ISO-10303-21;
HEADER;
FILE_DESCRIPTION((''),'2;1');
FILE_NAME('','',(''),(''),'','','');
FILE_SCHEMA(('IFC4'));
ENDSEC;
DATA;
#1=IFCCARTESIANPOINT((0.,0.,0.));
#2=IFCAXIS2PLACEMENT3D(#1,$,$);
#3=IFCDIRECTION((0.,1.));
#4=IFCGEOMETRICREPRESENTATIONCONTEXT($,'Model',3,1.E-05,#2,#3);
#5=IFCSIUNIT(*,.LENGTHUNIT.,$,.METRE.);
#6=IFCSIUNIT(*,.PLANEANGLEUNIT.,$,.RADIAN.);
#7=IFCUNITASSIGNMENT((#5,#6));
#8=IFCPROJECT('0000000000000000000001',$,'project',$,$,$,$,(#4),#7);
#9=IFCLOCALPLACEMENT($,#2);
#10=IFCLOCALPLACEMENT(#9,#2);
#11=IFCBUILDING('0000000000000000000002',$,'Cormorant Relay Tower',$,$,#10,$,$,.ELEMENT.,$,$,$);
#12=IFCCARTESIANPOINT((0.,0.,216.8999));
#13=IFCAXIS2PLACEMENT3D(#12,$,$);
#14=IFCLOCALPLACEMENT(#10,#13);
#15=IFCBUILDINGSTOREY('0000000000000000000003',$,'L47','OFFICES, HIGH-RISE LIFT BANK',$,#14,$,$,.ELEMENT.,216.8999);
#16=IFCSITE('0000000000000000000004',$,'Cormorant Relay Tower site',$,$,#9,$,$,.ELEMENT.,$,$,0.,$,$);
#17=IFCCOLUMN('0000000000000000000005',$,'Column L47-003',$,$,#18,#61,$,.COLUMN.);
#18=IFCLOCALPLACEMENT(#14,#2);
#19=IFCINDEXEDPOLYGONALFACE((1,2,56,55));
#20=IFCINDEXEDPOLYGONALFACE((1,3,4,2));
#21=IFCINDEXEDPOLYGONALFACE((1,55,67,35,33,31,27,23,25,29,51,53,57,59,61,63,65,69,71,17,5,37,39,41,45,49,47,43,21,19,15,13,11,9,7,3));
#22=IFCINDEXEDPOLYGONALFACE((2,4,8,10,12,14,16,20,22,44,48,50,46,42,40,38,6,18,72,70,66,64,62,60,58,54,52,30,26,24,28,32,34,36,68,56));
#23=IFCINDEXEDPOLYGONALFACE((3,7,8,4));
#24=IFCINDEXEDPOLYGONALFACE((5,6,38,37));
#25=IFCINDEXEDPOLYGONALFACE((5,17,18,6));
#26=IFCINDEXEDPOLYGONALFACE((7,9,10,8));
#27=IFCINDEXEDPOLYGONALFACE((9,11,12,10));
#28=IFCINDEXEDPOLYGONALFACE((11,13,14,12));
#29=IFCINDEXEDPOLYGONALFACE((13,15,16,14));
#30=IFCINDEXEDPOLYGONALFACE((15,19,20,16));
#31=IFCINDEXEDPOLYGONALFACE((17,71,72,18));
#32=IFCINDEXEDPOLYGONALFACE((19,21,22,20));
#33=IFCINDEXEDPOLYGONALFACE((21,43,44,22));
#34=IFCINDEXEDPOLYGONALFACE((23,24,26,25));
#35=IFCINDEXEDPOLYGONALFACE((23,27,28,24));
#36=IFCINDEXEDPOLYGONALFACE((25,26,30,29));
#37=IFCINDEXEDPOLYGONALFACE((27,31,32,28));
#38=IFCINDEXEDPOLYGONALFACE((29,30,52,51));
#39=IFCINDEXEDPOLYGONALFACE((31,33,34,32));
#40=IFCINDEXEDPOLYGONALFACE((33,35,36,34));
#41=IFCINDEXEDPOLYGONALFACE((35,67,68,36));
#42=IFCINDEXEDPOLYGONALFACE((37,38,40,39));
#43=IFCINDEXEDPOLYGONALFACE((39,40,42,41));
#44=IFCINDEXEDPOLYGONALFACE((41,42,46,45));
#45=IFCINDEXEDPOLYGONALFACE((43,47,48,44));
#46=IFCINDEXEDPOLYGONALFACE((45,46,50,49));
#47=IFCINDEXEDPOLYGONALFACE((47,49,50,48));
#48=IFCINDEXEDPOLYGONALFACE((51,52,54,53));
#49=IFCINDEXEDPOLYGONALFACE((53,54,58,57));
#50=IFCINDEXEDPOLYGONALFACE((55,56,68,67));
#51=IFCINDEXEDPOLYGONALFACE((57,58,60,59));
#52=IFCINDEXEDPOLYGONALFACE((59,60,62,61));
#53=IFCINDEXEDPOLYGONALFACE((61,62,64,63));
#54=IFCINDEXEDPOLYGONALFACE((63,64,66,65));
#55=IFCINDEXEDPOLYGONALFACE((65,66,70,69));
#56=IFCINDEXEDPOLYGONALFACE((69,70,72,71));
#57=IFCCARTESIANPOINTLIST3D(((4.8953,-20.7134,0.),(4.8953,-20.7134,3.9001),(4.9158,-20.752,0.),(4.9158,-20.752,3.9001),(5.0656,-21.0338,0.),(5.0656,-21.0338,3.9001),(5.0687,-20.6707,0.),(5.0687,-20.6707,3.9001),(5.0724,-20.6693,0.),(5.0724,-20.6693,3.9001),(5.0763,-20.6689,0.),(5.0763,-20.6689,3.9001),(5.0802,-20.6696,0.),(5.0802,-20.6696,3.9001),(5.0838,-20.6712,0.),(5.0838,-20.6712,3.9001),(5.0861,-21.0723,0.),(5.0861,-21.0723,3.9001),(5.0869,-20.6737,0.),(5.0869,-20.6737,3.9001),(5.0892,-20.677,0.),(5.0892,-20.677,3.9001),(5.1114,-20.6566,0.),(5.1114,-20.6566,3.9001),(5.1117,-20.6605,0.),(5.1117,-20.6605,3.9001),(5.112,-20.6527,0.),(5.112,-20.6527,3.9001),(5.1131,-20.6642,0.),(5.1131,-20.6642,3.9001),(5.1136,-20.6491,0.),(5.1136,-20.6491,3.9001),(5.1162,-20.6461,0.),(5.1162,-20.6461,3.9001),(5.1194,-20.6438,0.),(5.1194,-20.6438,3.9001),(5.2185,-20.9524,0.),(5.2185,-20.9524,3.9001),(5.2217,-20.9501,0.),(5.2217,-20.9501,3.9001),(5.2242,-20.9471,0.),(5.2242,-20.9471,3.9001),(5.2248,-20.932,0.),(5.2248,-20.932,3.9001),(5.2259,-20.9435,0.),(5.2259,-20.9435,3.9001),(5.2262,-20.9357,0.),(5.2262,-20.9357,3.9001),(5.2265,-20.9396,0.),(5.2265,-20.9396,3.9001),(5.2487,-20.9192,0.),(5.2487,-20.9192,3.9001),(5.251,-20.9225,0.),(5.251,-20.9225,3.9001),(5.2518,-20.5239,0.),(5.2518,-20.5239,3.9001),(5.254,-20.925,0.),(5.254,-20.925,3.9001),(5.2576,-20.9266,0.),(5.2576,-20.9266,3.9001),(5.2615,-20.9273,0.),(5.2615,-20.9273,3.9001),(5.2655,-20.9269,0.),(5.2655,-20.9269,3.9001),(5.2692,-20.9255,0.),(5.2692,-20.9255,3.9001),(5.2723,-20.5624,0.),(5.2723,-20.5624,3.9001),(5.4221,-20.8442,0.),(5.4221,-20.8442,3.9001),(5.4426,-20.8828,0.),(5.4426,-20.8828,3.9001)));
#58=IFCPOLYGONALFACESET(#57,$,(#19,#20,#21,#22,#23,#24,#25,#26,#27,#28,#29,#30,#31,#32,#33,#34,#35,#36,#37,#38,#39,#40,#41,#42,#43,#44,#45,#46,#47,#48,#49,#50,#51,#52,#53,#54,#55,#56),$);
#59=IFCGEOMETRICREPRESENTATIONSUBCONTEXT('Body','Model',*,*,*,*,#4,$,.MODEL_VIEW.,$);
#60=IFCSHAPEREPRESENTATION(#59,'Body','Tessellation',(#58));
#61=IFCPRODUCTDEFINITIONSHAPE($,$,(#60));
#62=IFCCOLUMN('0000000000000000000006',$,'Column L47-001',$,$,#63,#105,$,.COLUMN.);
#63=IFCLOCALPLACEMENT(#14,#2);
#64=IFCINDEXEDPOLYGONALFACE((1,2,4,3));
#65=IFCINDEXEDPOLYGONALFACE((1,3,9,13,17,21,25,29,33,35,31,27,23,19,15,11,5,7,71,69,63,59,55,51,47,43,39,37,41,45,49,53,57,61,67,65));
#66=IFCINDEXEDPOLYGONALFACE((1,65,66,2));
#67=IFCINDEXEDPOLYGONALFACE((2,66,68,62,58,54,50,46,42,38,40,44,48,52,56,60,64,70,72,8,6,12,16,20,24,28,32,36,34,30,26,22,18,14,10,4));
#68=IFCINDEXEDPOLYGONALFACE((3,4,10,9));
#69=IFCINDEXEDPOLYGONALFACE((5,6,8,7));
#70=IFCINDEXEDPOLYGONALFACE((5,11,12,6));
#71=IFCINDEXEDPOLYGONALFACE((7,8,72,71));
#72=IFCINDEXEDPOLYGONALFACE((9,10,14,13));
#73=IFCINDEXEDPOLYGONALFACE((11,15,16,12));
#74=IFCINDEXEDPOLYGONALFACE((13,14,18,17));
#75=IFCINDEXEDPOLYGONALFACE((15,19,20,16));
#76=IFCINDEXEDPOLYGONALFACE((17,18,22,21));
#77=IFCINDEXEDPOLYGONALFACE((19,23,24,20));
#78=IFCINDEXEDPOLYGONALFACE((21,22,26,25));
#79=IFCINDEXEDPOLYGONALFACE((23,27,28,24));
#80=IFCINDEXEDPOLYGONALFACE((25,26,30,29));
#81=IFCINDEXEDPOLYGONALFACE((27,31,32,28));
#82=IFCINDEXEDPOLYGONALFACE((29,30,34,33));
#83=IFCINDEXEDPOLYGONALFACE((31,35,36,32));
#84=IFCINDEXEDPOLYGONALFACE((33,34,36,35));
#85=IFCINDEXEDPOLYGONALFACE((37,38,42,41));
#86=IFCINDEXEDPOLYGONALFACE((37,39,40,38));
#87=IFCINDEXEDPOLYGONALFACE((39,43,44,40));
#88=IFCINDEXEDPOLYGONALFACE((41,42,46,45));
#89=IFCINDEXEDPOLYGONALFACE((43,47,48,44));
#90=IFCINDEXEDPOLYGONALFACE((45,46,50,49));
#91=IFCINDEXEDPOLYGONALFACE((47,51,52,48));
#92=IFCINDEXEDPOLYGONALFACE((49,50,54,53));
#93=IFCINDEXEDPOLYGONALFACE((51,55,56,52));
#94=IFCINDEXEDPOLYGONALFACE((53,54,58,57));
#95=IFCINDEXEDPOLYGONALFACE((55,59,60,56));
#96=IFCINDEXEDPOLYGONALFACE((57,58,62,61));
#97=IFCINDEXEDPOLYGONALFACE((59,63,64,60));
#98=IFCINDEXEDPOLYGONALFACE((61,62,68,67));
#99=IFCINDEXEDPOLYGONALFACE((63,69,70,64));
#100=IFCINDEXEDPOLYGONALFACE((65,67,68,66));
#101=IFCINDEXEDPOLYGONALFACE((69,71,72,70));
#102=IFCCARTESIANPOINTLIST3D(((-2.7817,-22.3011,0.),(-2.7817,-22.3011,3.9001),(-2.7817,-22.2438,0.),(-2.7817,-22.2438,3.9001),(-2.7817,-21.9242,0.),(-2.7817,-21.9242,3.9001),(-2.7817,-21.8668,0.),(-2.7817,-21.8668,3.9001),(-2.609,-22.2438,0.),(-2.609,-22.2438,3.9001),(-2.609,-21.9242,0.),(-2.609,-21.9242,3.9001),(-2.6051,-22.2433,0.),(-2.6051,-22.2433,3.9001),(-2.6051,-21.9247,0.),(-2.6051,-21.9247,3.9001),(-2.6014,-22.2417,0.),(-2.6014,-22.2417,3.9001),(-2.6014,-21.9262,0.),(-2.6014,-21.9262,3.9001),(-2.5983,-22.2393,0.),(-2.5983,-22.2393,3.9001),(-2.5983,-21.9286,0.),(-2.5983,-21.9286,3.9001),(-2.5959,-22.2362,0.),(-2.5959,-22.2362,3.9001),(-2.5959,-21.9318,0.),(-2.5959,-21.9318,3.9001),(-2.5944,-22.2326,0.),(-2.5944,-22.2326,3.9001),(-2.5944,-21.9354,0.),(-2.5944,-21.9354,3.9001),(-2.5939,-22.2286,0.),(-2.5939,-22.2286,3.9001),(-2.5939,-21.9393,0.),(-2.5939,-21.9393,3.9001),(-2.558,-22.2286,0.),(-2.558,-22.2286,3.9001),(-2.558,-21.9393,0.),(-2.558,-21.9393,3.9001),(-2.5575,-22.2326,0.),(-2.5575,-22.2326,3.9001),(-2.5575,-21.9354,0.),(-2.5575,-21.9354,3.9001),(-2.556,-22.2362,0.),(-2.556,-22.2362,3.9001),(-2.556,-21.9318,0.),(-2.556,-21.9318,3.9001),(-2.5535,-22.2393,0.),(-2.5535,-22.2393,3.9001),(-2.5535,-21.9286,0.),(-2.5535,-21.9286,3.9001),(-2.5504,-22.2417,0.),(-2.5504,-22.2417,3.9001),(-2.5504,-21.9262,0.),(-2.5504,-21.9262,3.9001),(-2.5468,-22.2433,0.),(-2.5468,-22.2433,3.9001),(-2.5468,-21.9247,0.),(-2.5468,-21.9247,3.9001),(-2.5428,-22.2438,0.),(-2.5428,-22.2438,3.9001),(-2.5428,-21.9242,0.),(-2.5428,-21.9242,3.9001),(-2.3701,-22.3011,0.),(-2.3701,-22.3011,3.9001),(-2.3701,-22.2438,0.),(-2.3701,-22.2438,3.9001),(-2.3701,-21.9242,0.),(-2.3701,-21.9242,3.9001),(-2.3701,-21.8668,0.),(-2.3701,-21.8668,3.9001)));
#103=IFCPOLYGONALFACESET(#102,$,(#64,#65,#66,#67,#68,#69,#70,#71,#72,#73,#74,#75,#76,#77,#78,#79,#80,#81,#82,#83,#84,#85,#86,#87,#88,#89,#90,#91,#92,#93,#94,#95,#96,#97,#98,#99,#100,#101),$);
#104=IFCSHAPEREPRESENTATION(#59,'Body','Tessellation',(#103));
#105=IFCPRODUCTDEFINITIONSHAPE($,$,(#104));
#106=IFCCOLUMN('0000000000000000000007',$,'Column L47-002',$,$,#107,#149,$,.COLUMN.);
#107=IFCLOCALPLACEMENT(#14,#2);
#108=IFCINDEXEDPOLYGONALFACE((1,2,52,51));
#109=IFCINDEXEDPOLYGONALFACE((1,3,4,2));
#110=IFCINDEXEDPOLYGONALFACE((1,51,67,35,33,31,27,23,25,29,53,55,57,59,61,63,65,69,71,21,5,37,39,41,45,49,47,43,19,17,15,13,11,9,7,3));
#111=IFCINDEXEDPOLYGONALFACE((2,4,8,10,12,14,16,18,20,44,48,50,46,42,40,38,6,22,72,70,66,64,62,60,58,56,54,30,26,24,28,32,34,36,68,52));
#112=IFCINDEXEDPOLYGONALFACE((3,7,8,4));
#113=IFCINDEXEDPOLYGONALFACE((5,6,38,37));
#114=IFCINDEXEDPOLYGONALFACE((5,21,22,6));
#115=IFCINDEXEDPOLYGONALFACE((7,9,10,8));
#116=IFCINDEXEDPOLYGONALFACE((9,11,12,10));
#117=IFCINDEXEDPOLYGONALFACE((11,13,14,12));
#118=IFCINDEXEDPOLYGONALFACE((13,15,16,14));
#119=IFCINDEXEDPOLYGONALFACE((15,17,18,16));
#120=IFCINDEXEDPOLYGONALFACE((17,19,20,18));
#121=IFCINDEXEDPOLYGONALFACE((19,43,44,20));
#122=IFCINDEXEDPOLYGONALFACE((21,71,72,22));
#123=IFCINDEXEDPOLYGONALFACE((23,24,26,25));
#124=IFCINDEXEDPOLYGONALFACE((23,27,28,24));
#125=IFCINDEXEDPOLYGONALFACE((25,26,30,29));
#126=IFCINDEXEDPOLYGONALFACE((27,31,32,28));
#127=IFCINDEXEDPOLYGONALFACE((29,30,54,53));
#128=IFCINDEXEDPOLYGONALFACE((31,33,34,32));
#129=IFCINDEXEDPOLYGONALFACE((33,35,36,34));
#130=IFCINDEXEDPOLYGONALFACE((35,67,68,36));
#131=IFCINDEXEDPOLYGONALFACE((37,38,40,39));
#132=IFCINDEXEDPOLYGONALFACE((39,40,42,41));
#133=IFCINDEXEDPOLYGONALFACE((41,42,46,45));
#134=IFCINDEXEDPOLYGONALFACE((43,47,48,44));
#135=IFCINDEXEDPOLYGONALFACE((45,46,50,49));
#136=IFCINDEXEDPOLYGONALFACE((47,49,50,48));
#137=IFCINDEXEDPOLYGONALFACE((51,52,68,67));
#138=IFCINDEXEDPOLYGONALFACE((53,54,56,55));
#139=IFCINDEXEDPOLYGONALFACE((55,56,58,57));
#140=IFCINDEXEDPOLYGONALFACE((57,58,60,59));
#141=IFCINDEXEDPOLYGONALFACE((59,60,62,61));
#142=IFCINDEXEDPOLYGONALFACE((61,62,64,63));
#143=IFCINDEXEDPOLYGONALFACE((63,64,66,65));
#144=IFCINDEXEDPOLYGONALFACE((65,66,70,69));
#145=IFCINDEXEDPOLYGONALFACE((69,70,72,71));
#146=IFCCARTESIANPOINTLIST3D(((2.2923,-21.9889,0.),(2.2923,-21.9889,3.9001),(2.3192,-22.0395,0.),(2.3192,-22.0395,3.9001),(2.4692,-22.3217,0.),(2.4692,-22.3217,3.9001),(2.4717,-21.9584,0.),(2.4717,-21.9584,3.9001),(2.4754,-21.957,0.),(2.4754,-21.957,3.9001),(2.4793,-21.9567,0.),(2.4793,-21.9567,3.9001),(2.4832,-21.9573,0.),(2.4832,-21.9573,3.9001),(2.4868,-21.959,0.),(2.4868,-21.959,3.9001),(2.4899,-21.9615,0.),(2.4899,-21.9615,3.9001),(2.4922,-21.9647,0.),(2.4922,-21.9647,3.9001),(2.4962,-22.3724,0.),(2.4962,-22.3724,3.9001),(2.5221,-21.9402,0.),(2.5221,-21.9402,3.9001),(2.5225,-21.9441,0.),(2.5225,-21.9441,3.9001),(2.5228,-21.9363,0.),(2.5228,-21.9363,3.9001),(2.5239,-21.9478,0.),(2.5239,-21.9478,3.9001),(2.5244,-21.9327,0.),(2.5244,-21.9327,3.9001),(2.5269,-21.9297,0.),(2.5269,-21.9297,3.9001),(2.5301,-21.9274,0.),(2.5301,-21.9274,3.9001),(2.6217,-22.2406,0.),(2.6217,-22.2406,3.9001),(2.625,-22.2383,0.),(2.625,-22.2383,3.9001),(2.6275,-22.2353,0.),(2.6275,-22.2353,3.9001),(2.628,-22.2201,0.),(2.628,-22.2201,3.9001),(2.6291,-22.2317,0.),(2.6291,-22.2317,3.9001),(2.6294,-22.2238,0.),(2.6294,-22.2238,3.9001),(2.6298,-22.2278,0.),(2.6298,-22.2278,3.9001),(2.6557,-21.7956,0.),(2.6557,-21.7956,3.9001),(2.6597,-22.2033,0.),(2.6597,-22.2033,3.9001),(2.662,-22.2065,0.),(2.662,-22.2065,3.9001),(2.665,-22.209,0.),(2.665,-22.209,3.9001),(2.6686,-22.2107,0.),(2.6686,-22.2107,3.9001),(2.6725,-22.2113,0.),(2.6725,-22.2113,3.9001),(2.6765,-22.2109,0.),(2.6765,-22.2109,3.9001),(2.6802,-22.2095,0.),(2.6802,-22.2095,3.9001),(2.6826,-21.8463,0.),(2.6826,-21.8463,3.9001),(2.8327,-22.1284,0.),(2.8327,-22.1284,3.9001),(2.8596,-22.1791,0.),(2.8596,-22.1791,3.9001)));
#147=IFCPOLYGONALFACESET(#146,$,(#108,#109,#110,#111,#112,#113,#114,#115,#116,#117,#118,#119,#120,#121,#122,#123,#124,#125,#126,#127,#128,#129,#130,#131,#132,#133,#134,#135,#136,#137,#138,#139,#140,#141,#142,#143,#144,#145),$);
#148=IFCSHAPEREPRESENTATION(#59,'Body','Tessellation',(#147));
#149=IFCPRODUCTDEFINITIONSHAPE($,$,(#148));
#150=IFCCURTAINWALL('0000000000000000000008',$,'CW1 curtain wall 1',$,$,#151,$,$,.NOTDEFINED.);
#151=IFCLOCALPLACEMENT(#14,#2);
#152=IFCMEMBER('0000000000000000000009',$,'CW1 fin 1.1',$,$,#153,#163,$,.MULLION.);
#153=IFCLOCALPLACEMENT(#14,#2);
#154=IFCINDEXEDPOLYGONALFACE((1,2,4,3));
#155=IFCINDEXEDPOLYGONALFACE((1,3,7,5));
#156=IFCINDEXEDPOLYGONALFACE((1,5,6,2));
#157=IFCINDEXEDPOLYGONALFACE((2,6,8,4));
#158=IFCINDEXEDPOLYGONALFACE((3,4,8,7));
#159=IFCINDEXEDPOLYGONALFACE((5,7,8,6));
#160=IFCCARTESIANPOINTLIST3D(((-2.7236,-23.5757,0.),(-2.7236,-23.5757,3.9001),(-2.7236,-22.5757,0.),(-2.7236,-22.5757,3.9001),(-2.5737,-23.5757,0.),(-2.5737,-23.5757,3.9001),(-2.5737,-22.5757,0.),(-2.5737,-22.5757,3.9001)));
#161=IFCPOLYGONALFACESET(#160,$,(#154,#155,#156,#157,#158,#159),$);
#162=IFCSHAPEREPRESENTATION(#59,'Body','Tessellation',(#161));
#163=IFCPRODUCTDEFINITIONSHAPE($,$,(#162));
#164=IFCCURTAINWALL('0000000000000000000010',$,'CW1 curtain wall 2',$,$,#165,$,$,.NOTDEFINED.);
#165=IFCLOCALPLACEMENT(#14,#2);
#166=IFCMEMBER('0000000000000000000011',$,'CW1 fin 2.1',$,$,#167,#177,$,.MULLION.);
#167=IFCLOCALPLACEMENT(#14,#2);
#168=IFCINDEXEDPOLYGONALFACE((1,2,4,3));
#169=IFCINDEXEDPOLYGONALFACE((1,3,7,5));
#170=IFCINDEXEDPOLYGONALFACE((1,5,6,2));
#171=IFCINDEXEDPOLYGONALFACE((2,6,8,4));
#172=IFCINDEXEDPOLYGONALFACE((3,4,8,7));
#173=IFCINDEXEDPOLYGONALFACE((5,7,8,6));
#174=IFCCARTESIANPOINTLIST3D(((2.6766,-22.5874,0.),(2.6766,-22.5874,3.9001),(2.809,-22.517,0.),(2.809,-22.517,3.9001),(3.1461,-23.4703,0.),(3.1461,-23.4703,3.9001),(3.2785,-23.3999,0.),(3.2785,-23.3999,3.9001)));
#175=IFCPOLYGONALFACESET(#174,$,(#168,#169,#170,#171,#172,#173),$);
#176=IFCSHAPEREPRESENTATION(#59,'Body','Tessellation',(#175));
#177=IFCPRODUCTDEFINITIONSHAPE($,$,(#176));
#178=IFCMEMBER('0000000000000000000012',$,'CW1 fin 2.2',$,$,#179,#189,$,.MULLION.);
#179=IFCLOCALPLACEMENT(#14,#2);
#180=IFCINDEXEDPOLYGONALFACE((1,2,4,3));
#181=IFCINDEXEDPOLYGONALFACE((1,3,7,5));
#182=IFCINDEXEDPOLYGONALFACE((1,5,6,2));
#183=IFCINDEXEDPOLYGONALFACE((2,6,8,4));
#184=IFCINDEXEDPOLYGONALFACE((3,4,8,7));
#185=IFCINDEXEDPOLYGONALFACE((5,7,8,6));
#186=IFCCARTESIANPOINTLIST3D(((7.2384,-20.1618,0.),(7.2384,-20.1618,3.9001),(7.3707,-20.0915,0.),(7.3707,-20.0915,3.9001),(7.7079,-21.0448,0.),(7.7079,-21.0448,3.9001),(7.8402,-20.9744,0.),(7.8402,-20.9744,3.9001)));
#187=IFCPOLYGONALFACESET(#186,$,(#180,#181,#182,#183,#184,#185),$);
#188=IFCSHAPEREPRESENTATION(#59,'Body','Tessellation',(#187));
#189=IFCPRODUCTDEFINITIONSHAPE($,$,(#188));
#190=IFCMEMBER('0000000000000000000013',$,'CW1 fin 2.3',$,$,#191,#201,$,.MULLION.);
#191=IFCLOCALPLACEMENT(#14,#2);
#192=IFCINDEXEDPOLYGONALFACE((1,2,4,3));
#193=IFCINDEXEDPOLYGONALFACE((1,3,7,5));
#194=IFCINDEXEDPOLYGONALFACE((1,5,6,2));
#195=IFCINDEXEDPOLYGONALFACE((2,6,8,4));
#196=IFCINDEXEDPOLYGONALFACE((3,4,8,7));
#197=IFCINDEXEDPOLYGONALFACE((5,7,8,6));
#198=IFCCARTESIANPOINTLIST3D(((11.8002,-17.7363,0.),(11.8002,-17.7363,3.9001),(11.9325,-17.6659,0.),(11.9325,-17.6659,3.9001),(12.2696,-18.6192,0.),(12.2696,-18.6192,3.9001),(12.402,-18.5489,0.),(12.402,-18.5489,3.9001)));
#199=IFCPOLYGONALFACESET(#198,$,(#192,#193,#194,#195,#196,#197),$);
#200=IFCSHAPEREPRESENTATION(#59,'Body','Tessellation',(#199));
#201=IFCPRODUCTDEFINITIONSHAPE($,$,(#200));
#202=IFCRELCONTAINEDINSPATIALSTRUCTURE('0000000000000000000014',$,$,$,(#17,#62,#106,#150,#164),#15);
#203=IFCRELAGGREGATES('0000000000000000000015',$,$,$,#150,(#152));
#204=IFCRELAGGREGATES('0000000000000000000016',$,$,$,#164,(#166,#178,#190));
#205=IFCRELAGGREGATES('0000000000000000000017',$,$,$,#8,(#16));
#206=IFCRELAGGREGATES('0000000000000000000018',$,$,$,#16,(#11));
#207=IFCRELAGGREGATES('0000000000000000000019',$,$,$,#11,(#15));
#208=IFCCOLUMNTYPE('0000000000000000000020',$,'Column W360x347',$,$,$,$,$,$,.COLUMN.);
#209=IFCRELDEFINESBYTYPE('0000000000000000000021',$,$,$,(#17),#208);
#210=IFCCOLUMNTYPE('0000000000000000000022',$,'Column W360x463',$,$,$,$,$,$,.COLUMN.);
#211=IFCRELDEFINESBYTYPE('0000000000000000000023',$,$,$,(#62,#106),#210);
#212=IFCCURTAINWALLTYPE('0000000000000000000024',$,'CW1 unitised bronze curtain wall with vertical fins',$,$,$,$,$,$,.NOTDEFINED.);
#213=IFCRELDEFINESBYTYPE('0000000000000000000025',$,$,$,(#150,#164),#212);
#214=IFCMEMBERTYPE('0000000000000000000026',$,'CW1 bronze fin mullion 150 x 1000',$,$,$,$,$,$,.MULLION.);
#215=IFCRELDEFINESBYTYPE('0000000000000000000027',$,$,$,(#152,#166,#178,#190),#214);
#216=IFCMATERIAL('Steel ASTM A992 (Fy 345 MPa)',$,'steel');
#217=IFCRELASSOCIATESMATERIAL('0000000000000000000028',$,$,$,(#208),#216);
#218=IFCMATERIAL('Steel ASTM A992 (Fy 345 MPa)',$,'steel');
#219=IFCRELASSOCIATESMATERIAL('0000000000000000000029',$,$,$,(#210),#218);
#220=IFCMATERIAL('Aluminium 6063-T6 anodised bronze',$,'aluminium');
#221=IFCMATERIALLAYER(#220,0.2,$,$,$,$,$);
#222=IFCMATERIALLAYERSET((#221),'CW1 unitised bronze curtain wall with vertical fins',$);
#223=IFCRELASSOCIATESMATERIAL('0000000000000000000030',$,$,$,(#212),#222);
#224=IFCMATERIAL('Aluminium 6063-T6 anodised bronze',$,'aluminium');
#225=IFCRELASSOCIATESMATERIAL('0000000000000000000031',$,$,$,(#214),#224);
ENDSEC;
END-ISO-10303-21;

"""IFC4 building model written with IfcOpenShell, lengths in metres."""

from ifc_helpers import new_model, si_unit, direction, frame, origin, origin_2d, place, context, subcontext, project, spatial, rectangle, i_section, extrude, material, layer, layer_set, material_profile, profile_set, type_object, element, aggregate, save


model = new_model("IFC4")

# Units and contexts
model_context = context("Model", 3, precision=1e-05, world=origin(), true_north=direction((0.0, 1.0)))
body_context = subcontext(model_context, "Body", "Model", "MODEL_VIEW")
ifc_project = project(units=[si_unit("LENGTHUNIT", "METRE"), si_unit("PLANEANGLEUNIT", "RADIAN")], contexts=[model_context])

# Site, building, storey
site_placement = place(None, origin())
site = spatial("IfcSite", under=ifc_project, at=site_placement, Name="Cormorant Relay Tower site", CompositionType="ELEMENT", RefElevation=0.0)
building_placement = place(site_placement, origin())
building = spatial("IfcBuilding", under=site, at=building_placement, Name="Cormorant Relay Tower", CompositionType="ELEMENT")
storey_placement = place(building_placement, frame((0.0, 0.0, 216.8999)))
storey = spatial("IfcBuildingStorey", under=building, at=storey_placement, Name="L47", Description="OFFICES, HIGH-RISE LIFT BANK", CompositionType="ELEMENT", Elevation=216.8999)

# Columns
ifc_material_1 = material(Name="Steel ASTM A992 (Fy 345 MPa)", Category="steel")
ifc_material_profile_1 = material_profile(ifc_material_1, i_section(OverallWidth=0.4038, OverallDepth=0.4065, WebThickness=0.0271, FlangeThickness=0.0437, FilletRadius=0.0151, at=origin_2d()), Name="W360x347")
ifc_profile_set_1 = profile_set([ifc_material_profile_1], Name="Steel ASTM A992 (Fy 345 MPa)")
column_type_1 = type_object("IfcColumnType", Name="Column W360x347", PredefinedType="COLUMN", material=ifc_profile_set_1)
column_placement = place(storey_placement, frame((5.1689, -20.7981, 0.0), z_axis=(0.0, 0.0, 1.0), x_axis=(0.882948, 0.469472, 0.0)))
element("IfcColumn", 1, at=column_placement, inside=storey, type_object=column_type_1, Name="Column L47-003", PredefinedType="COLUMN", context=body_context, shape_type="SweptSolid", body=[
    extrude(i_section(OverallWidth=0.4038, OverallDepth=0.4065, WebThickness=0.0271, FlangeThickness=0.0437, FilletRadius=0.0151, at=origin_2d()), origin(), (0.0, 0.0, 1.0), 3.9001),
])
ifc_material_2 = material(Name="Steel ASTM A992 (Fy 345 MPa)", Category="steel")
ifc_material_profile_2 = material_profile(ifc_material_2, i_section(OverallWidth=0.4116, OverallDepth=0.4343, WebThickness=0.0359, FlangeThickness=0.0574, FilletRadius=0.0151, at=origin_2d()), Name="W360x463")
ifc_profile_set_2 = profile_set([ifc_material_profile_2], Name="Steel ASTM A992 (Fy 345 MPa)")
column_type_2 = type_object("IfcColumnType", Name="Column W360x463", PredefinedType="COLUMN", material=ifc_profile_set_2)
for number, where, z_axis, x_axis, name in (
    (2, (-2.5759, -22.084, 0.0), (0.0, 0.0, 1.0), (1.0, 0.0, 0.0), "Column L47-001"),
    (3, (2.5759, -22.084, 0.0), (0.0, 0.0, 1.0), (0.882948, 0.469472, 0.0), "Column L47-002"),
):
    element("IfcColumn", number, at=place(storey_placement, frame(where, z_axis=z_axis, x_axis=x_axis)), inside=storey, type_object=column_type_2, Name=name, PredefinedType="COLUMN", context=body_context, shape_type="SweptSolid", body=[
        extrude(i_section(OverallWidth=0.4116, OverallDepth=0.4343, WebThickness=0.0359, FlangeThickness=0.0574, FilletRadius=0.0151, at=origin_2d()), origin(), (0.0, 0.0, 1.0), 3.9001),
    ])

# Curtain wall, member
ifc_material_3 = material(Name="Aluminium 6063-T6 anodised bronze", Category="aluminium")
ifc_layer_1 = layer(ifc_material_3, 0.2)
ifc_layer_set_1 = layer_set([ifc_layer_1], Name="CW1 unitised bronze curtain wall with vertical fins")
curtain_wall_type = type_object("IfcCurtainWallType", Name="CW1 unitised bronze curtain wall with vertical fins", PredefinedType="NOTDEFINED", material=ifc_layer_set_1)
curtain_wall_1_placement = place(storey_placement, origin())
curtain_wall_1 = element("IfcCurtainWall", 4, at=curtain_wall_1_placement, inside=storey, type_object=curtain_wall_type, Name="CW1 curtain wall 1", PredefinedType="NOTDEFINED")
ifc_material_4 = material(Name="Aluminium 6063-T6 anodised bronze", Category="aluminium")
ifc_material_profile_3 = material_profile(ifc_material_4, rectangle(XDim=0.1499, YDim=1.0, at=origin_2d()), Name="AL 150x1000")
ifc_profile_set_3 = profile_set([ifc_material_profile_3], Name="Aluminium 6063-T6 anodised bronze")
member_type_1 = type_object("IfcMemberType", Name="CW1 bronze fin mullion 150 x 1000", PredefinedType="MULLION", material=ifc_profile_set_3)
member_1_placement = place(storey_placement, frame((-2.6487, -23.0757, 0.0), z_axis=(0.0, 0.0, 1.0), x_axis=(1.0, 0.0, 0.0)))
member_1 = element("IfcMember", 5, at=member_1_placement, type_object=member_type_1, Name="CW1 fin 1.1", PredefinedType="MULLION", context=body_context, shape_type="SweptSolid", body=[
    extrude(rectangle(XDim=0.1499, YDim=1.0, at=origin_2d()), origin(), (0.0, 0.0, 1.0), 3.9001),
])

# Curtain wall, members
curtain_wall_2_placement = place(storey_placement, origin())
curtain_wall_2 = element("IfcCurtainWall", 6, at=curtain_wall_2_placement, inside=storey, type_object=curtain_wall_type, Name="CW1 curtain wall 2", PredefinedType="NOTDEFINED")
member_2_placement = place(storey_placement, frame((2.9775, -22.9937, 0.0), z_axis=(0.0, 0.0, 1.0), x_axis=(0.882948, 0.469472, 0.0)))
member_2 = element("IfcMember", 7, at=member_2_placement, type_object=member_type_1, Name="CW1 fin 2.1", PredefinedType="MULLION", context=body_context, shape_type="SweptSolid", body=[
    extrude(rectangle(XDim=0.1499, YDim=1.0, at=origin_2d()), origin(), (0.0, 0.0, 1.0), 3.9001),
])
member_3_placement = place(storey_placement, frame((7.5393, -20.5681, 0.0), z_axis=(0.0, 0.0, 1.0), x_axis=(0.882948, 0.469472, 0.0)))
member_3 = element("IfcMember", 8, at=member_3_placement, type_object=member_type_1, Name="CW1 fin 2.2", PredefinedType="MULLION", context=body_context, shape_type="SweptSolid", body=[
    extrude(rectangle(XDim=0.1499, YDim=1.0, at=origin_2d()), origin(), (0.0, 0.0, 1.0), 3.9001),
])
member_4_placement = place(storey_placement, frame((12.1011, -18.1426, 0.0), z_axis=(0.0, 0.0, 1.0), x_axis=(0.882948, 0.469472, 0.0)))
member_4 = element("IfcMember", 9, at=member_4_placement, type_object=member_type_1, Name="CW1 fin 2.3", PredefinedType="MULLION", context=body_context, shape_type="SweptSolid", body=[
    extrude(rectangle(XDim=0.1499, YDim=1.0, at=origin_2d()), origin(), (0.0, 0.0, 1.0), 3.9001),
])

aggregate(curtain_wall_1, [member_1])
aggregate(curtain_wall_2, [member_2, member_3, member_4])

save(model, "model.ifc")
